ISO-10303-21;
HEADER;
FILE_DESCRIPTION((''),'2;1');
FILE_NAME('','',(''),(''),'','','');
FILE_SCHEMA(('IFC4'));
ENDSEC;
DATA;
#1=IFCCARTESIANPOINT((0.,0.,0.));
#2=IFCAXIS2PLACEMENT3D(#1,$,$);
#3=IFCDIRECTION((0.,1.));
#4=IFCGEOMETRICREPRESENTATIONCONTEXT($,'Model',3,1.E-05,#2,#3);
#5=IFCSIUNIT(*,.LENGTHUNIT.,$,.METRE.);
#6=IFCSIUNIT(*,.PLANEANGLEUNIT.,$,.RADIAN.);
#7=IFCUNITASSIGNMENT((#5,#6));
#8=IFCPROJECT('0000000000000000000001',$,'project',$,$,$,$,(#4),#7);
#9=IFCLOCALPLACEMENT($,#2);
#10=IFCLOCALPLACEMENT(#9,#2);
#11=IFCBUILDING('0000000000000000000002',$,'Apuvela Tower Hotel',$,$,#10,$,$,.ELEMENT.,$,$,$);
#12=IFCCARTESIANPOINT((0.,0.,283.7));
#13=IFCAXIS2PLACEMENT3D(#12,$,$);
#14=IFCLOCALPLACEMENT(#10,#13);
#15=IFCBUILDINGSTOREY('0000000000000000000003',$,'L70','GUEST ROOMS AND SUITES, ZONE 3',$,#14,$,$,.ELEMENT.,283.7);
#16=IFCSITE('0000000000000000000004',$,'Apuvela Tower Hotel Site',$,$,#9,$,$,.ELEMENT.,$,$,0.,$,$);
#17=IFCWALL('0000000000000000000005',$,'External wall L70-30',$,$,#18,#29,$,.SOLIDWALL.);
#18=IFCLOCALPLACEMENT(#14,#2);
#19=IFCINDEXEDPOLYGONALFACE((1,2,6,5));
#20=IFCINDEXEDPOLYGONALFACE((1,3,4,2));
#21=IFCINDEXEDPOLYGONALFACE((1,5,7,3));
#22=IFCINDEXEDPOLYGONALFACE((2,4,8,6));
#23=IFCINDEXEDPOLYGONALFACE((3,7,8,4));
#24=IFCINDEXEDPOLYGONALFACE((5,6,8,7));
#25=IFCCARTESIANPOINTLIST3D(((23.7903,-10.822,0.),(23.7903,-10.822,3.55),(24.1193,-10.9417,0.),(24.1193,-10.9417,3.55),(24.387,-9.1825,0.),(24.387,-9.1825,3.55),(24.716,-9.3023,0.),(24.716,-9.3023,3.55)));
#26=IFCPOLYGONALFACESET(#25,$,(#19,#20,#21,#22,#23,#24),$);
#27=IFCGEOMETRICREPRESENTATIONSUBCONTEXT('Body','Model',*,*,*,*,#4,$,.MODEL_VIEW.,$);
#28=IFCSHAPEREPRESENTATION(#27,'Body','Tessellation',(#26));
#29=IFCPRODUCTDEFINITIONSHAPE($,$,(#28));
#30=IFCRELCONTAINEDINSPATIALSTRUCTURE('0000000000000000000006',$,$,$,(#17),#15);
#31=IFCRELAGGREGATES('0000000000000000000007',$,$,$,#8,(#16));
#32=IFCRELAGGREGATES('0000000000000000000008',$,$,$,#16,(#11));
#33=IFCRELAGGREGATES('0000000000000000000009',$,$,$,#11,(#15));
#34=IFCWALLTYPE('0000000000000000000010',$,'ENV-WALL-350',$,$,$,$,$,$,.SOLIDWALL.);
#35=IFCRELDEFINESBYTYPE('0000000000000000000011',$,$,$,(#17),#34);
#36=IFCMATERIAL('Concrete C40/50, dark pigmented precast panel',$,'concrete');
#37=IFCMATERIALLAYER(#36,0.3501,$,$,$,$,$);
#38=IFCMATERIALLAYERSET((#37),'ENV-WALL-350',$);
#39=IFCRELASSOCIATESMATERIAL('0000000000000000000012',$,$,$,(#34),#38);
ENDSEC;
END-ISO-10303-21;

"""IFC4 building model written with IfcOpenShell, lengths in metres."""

from ifc_helpers import new_model, si_unit, direction, frame, frame_2d, origin, place, context, subcontext, project, spatial, rectangle, extrude, material, layer, layer_set, type_object, element, save


model = new_model("IFC4")

# Units and contexts
model_context = context("Model", 3, precision=1e-05, world=origin(), true_north=direction((0.0, 1.0)))
body_context = subcontext(model_context, "Body", "Model", "MODEL_VIEW")
ifc_project = project(units=[si_unit("LENGTHUNIT", "METRE"), si_unit("PLANEANGLEUNIT", "RADIAN")], contexts=[model_context])

# Site, building, storey
site_placement = place(None, origin())
site = spatial("IfcSite", under=ifc_project, at=site_placement, Name="Apuvela Tower Hotel Site", CompositionType="ELEMENT", RefElevation=0.0)
building_placement = place(site_placement, origin())
building = spatial("IfcBuilding", under=site, at=building_placement, Name="Apuvela Tower Hotel", CompositionType="ELEMENT")
storey_placement = place(building_placement, frame((0.0, 0.0, 283.7)))
storey = spatial("IfcBuildingStorey", under=building, at=storey_placement, Name="L70", Description="GUEST ROOMS AND SUITES, ZONE 3", CompositionType="ELEMENT", Elevation=283.7)

# Wall
ifc_material_1 = material(Name="Concrete C40/50, dark pigmented precast panel", Category="concrete")
ifc_layer_1 = layer(ifc_material_1, 0.3501)
ifc_layer_set_1 = layer_set([ifc_layer_1], Name="ENV-WALL-350")
wall_type_1 = type_object("IfcWallType", Name="ENV-WALL-350", PredefinedType="SOLIDWALL", material=ifc_layer_set_1)
wall_1_placement = place(storey_placement, frame((23.9548, -10.8818, 0.0), z_axis=(0.0, 0.0, 1.0), x_axis=(0.342013, 0.939695, 0.0)))
element("IfcWall", 1, at=wall_1_placement, inside=storey, type_object=wall_type_1, Name="External wall L70-30", PredefinedType="SOLIDWALL", context=body_context, shape_type="SweptSolid", body=[
    extrude(rectangle(XDim=1.7446, YDim=0.3501, at=frame_2d((0.8723, 0.0))), origin(), (0.0, 0.0, 1.0), 3.55),
])

save(model, "model.ifc")
